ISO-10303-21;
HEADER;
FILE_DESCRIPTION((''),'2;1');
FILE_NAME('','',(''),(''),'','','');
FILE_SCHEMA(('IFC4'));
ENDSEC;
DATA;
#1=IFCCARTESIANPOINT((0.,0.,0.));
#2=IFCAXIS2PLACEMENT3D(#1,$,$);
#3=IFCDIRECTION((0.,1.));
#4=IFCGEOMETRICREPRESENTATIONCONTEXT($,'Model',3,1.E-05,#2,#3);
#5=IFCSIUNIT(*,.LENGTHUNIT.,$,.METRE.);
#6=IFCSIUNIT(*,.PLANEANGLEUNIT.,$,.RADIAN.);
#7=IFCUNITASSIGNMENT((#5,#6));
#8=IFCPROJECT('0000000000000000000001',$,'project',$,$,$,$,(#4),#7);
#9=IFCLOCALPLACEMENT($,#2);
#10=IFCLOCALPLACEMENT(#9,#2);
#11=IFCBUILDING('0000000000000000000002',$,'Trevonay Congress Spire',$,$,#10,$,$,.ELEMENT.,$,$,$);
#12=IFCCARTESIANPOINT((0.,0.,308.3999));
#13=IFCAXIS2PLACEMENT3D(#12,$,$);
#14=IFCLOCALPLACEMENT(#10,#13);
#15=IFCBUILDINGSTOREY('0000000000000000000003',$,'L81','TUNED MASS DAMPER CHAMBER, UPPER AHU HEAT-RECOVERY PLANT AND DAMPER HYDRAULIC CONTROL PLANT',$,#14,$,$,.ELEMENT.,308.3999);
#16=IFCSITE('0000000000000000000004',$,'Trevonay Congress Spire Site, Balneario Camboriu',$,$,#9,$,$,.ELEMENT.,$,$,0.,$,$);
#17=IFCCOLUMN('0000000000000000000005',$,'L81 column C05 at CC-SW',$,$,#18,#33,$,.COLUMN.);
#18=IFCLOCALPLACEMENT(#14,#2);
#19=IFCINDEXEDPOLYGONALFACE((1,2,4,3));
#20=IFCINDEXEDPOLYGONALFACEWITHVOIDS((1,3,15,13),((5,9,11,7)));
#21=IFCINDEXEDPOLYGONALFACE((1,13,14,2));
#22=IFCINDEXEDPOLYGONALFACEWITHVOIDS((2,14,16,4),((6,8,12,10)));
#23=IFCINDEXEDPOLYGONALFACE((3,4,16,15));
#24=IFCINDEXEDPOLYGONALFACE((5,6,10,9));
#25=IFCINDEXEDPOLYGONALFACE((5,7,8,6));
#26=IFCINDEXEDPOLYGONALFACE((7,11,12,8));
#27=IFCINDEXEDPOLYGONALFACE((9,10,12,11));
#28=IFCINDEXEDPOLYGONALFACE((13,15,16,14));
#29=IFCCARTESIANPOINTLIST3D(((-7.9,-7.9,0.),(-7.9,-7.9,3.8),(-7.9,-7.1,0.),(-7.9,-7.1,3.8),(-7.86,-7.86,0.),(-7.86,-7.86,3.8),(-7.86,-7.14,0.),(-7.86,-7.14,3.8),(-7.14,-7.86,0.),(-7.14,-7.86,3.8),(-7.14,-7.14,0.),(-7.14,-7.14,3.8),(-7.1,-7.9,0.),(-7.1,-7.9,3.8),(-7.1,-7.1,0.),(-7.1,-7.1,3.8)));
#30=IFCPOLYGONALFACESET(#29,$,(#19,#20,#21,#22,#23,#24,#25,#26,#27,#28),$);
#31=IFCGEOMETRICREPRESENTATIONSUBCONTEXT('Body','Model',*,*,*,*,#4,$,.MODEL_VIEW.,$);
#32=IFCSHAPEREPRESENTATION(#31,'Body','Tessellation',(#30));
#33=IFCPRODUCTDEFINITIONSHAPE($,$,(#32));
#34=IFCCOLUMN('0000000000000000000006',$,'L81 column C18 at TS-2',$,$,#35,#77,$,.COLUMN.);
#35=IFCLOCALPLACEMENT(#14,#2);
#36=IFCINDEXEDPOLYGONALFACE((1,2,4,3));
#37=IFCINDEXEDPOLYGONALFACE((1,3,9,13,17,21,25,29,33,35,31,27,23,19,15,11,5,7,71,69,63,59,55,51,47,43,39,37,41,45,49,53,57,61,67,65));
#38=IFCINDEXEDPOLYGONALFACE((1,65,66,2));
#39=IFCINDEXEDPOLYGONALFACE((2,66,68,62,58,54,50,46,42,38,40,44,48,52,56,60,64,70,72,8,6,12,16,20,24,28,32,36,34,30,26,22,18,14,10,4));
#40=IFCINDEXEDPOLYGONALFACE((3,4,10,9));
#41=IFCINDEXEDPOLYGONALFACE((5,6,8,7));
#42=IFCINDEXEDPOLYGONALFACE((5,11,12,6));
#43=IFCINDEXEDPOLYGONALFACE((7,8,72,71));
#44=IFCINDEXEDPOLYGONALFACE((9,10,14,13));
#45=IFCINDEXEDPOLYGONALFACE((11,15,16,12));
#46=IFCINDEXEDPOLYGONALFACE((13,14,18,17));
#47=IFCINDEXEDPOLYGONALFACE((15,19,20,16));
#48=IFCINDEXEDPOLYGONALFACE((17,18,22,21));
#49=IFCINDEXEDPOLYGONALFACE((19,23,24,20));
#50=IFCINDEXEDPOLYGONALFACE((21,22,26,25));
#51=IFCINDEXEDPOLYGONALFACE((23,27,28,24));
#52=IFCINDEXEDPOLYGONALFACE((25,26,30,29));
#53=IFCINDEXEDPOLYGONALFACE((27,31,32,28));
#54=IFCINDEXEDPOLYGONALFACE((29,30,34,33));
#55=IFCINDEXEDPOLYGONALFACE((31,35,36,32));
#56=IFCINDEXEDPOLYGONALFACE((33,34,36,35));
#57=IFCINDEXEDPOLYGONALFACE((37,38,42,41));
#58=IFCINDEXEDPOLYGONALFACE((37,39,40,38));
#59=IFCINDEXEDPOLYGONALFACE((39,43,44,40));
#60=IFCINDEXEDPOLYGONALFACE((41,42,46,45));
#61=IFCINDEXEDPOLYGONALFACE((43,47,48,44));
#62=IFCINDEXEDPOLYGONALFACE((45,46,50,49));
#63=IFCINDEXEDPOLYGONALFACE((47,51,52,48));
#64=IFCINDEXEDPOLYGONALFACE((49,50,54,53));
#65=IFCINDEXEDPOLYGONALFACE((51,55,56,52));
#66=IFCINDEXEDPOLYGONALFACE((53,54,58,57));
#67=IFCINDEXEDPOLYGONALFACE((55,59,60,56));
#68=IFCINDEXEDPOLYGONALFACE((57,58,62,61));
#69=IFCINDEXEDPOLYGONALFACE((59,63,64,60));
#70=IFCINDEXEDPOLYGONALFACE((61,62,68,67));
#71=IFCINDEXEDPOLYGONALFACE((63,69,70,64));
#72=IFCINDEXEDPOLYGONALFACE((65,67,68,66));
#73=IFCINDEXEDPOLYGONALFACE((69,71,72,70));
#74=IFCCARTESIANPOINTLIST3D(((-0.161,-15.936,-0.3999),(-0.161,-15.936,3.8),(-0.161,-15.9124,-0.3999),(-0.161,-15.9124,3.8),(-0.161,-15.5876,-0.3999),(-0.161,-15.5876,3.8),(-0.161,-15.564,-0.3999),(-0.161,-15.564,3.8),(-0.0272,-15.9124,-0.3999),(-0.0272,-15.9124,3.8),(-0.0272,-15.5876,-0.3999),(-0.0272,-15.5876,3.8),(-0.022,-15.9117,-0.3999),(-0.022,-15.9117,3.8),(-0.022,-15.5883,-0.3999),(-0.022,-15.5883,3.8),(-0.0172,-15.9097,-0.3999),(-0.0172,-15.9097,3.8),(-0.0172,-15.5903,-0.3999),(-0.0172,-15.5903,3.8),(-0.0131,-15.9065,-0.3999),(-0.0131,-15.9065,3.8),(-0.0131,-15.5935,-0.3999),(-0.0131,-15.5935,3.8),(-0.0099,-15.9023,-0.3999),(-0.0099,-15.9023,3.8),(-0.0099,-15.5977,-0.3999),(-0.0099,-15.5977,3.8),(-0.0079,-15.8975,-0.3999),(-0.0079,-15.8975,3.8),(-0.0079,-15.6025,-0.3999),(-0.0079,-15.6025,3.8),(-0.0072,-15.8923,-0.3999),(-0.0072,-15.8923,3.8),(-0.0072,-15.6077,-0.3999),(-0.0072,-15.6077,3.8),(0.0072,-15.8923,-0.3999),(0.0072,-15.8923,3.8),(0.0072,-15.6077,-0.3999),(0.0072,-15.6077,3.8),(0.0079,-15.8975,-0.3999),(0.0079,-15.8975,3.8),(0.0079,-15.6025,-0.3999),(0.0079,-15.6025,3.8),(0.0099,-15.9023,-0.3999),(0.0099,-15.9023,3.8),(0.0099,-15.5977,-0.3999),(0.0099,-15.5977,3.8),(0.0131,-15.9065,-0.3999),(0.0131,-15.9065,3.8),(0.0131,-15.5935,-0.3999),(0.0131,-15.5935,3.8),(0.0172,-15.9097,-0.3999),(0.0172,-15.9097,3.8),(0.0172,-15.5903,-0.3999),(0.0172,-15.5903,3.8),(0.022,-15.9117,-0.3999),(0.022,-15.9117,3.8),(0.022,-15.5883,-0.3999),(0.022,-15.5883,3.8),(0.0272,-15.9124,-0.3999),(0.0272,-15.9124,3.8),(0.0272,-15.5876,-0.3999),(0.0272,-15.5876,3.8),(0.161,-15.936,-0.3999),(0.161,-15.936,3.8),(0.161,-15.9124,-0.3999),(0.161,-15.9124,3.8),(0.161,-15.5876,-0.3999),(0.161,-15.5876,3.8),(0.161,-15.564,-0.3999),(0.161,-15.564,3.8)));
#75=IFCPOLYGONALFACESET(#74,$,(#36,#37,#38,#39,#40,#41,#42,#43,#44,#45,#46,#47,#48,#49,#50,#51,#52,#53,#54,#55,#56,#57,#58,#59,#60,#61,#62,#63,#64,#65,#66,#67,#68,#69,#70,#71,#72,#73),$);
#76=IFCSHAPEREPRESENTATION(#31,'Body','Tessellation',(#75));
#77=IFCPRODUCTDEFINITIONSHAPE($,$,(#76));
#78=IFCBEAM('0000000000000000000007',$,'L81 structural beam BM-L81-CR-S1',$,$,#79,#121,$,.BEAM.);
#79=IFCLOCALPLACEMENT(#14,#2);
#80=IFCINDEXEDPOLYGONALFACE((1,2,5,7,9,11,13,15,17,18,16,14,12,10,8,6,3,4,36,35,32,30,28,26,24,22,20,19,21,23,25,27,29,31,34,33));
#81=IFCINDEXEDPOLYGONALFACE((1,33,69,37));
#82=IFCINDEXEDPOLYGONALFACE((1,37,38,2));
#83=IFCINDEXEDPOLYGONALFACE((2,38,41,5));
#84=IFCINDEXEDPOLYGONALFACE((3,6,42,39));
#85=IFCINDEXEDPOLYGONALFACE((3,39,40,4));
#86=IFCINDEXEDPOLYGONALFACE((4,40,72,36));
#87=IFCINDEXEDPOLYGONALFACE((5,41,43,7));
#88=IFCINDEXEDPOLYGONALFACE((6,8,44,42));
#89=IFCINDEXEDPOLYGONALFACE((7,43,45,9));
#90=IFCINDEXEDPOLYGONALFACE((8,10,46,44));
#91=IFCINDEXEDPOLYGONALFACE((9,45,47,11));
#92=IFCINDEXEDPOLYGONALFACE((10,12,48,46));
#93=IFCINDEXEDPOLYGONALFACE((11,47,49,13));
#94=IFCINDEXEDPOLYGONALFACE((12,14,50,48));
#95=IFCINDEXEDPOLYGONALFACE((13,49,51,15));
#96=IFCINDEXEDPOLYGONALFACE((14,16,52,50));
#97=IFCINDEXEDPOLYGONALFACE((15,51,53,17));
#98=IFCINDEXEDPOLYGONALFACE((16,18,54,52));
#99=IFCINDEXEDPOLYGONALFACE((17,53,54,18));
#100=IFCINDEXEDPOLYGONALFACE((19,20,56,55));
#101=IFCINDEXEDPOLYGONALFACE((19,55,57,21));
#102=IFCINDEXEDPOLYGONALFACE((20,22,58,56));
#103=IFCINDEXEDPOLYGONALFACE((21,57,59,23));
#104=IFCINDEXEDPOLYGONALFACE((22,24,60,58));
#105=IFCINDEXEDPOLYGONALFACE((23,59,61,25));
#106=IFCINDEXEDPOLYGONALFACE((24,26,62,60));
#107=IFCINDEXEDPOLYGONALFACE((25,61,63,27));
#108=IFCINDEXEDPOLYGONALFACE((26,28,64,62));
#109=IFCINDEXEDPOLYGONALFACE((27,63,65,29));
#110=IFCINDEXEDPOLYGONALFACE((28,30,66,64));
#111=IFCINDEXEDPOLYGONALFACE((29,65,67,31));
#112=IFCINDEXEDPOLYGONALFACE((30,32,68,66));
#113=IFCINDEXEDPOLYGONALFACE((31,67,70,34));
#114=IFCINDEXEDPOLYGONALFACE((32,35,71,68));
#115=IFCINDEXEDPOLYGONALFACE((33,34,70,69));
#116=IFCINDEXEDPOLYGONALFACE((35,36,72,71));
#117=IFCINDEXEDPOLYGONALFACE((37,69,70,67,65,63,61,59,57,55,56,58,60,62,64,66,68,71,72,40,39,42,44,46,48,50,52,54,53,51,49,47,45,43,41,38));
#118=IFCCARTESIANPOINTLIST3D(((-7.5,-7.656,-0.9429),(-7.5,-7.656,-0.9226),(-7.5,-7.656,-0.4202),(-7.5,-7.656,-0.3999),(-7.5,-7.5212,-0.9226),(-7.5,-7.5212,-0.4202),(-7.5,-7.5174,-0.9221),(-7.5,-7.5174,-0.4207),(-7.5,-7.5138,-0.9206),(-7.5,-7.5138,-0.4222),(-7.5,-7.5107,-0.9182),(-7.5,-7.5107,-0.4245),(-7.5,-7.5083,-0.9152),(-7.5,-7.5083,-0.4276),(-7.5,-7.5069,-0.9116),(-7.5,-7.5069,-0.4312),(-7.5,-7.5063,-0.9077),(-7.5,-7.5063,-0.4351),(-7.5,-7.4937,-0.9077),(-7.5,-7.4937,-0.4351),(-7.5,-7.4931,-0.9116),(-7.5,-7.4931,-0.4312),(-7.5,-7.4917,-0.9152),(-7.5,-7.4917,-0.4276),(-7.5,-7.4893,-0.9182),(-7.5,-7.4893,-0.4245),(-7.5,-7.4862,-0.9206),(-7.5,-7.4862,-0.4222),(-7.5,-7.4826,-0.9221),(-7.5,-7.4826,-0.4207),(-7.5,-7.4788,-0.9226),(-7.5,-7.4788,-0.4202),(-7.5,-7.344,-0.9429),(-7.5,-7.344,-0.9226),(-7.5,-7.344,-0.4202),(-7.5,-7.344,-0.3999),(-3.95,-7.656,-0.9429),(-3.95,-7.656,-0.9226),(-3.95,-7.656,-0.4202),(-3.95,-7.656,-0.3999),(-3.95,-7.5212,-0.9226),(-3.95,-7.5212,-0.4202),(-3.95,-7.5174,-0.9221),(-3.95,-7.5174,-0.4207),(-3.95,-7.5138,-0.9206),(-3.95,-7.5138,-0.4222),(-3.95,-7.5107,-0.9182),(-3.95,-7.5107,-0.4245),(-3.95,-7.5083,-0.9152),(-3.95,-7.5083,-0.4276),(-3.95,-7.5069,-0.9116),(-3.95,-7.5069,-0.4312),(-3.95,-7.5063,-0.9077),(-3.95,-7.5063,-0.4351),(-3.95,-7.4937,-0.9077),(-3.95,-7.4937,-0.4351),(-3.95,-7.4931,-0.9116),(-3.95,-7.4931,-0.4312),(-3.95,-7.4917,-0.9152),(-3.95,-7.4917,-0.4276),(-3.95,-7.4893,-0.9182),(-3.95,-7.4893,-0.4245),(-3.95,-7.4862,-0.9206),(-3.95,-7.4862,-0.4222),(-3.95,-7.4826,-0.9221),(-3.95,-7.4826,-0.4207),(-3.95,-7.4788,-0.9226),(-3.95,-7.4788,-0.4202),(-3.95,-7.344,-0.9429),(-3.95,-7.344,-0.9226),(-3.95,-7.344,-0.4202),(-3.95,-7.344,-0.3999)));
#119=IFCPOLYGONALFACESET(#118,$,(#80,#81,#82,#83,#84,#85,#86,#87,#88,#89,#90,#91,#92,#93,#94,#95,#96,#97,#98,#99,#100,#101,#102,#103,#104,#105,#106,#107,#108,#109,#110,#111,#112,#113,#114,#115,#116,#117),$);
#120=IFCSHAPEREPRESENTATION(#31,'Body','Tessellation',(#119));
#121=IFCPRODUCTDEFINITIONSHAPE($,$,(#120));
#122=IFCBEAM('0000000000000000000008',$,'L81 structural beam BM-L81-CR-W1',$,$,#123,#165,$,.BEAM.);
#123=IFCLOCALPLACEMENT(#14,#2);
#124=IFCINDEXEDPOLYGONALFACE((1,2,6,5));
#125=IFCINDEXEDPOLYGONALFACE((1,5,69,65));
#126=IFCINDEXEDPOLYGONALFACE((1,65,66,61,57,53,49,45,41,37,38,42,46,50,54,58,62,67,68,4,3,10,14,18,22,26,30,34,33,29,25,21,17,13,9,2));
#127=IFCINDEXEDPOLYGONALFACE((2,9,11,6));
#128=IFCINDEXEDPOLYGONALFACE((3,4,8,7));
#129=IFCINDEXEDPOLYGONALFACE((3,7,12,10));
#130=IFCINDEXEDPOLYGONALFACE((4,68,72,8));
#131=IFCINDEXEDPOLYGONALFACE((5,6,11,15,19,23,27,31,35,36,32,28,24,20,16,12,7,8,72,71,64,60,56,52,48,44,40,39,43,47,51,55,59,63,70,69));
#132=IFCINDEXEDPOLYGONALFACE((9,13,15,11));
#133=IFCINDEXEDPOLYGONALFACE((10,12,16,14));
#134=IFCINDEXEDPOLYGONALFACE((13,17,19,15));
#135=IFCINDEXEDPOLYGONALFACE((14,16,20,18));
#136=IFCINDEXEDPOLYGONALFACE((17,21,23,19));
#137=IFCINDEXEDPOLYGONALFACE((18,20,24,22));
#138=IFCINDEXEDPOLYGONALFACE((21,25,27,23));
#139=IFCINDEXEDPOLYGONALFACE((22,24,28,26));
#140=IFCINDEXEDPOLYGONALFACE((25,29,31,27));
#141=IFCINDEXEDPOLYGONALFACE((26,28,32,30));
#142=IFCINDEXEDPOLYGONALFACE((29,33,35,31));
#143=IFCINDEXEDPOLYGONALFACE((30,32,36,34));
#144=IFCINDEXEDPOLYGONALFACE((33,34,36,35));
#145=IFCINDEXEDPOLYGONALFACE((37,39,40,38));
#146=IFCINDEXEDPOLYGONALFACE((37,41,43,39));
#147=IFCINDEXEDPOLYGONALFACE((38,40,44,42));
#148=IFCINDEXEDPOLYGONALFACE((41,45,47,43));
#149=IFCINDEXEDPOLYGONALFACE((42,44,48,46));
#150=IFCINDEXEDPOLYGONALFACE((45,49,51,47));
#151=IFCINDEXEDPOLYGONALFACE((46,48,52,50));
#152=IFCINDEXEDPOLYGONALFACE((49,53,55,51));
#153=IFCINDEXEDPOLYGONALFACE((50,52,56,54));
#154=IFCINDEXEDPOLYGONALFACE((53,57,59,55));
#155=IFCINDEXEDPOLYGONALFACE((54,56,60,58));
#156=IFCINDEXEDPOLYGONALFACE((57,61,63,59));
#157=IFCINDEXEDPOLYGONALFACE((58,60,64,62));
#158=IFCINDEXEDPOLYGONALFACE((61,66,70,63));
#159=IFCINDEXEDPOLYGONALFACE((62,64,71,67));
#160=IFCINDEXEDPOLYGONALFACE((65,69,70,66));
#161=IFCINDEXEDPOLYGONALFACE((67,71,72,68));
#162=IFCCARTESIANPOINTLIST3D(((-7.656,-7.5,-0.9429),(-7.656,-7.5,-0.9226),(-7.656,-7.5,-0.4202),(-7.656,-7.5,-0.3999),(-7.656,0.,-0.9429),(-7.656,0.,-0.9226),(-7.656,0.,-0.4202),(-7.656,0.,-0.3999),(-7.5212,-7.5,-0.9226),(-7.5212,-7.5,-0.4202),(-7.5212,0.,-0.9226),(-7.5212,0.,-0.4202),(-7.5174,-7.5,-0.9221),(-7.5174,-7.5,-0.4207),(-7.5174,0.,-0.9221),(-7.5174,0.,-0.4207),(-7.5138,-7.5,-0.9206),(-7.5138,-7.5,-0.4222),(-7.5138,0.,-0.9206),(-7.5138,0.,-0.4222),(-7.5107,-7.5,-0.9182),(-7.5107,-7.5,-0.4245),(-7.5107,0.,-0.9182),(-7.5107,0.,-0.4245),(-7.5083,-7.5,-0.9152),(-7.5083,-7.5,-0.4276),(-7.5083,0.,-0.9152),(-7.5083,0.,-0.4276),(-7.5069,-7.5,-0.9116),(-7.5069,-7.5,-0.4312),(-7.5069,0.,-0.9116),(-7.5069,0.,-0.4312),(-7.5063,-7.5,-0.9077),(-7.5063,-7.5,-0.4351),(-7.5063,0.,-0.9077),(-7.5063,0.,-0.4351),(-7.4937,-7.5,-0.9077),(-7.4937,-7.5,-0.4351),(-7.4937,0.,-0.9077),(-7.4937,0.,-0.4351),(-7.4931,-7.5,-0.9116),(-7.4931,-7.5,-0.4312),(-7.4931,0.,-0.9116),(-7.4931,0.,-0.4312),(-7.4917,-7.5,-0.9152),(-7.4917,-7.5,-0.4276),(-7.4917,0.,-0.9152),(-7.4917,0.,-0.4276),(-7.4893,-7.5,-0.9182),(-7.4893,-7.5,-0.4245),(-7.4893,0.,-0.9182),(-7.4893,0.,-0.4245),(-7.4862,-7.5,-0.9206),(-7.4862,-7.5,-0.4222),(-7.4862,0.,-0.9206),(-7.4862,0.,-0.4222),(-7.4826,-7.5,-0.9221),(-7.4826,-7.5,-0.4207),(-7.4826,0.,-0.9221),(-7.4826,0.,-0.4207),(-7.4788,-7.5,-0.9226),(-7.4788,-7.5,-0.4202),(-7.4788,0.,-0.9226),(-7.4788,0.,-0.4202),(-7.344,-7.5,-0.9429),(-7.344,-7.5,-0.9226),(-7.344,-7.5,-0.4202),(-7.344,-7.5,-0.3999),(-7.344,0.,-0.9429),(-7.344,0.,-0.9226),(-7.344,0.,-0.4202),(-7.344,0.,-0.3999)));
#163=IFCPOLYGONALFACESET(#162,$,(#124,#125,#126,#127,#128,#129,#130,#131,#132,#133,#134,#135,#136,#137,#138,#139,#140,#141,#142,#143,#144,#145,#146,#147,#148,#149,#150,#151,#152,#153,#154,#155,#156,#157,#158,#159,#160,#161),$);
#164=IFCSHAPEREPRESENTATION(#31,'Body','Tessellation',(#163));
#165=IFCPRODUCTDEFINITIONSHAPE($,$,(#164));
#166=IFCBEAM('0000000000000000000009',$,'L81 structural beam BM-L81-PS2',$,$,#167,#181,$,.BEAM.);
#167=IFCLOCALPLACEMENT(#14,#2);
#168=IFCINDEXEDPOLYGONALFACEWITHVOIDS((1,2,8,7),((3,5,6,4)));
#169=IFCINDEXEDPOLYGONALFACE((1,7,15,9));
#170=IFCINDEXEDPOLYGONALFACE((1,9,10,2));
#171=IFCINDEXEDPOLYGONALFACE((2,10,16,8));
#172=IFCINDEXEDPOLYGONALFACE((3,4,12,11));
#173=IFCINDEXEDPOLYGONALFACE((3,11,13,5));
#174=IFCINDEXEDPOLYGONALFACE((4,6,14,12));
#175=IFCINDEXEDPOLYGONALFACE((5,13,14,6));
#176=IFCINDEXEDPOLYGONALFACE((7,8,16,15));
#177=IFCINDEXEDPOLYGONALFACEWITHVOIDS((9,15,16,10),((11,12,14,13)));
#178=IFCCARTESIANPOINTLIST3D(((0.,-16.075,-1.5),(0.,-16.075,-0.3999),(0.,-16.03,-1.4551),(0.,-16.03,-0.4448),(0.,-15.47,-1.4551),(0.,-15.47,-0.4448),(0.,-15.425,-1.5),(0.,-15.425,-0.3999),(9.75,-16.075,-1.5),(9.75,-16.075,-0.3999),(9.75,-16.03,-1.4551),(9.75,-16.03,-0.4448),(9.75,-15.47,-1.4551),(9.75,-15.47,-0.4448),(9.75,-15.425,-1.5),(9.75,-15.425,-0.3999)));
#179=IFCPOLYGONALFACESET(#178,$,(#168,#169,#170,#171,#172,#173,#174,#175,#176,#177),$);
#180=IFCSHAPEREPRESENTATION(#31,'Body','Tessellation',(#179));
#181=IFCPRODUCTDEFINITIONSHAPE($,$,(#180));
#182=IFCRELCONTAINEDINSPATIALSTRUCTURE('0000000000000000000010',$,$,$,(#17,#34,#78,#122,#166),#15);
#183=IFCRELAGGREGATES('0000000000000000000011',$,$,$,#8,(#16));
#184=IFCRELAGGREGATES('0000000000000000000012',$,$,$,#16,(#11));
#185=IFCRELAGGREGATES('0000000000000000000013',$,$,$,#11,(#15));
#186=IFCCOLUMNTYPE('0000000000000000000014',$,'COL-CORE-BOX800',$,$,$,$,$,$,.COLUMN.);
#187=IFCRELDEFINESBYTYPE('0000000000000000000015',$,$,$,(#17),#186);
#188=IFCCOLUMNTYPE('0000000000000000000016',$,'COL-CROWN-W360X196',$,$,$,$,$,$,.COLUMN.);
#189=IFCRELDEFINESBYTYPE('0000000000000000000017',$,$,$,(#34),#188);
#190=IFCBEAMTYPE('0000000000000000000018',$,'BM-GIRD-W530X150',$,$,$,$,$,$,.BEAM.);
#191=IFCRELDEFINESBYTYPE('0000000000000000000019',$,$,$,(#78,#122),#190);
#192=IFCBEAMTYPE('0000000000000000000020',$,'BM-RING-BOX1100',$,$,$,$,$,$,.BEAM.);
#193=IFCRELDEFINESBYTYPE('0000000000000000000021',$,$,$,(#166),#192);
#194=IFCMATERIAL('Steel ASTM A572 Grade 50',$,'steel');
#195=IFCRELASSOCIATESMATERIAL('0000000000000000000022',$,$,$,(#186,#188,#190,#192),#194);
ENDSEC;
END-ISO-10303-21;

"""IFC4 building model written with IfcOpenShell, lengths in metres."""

from ifc_helpers import new_model, si_unit, direction, frame, origin, origin_2d, place, context, subcontext, project, spatial, hollow_rectangle, i_section, extrude, material, material_profile, profile_set, type_object, element, save


model = new_model("IFC4")

# Units and contexts
model_context = context("Model", 3, precision=1e-05, world=origin(), true_north=direction((0.0, 1.0)))
body_context = subcontext(model_context, "Body", "Model", "MODEL_VIEW")
ifc_project = project(units=[si_unit("LENGTHUNIT", "METRE"), si_unit("PLANEANGLEUNIT", "RADIAN")], contexts=[model_context])

# Site, building, storey
site_placement = place(None, origin())
site = spatial("IfcSite", under=ifc_project, at=site_placement, Name="Trevonay Congress Spire Site, Balneario Camboriu", CompositionType="ELEMENT", RefElevation=0.0)
building_placement = place(site_placement, origin())
building = spatial("IfcBuilding", under=site, at=building_placement, Name="Trevonay Congress Spire", CompositionType="ELEMENT")
storey_placement = place(building_placement, frame((0.0, 0.0, 308.3999)))
storey = spatial("IfcBuildingStorey", under=building, at=storey_placement, Name="L81", Description="TUNED MASS DAMPER CHAMBER, UPPER AHU HEAT-RECOVERY PLANT AND DAMPER HYDRAULIC CONTROL PLANT", CompositionType="ELEMENT", Elevation=308.3999)

# Columns
ifc_material_1 = material(Name="Steel ASTM A572 Grade 50", Category="steel")
ifc_material_profile_1 = material_profile(ifc_material_1, hollow_rectangle(XDim=0.8, YDim=0.8, WallThickness=0.04, at=origin_2d()), Name="BOX 800x800x40")
ifc_profile_set_1 = profile_set([ifc_material_profile_1], Name="Steel ASTM A572 Grade 50")
column_type_1 = type_object("IfcColumnType", Name="COL-CORE-BOX800", PredefinedType="COLUMN", material=ifc_profile_set_1)
column_1_placement = place(storey_placement, frame((-7.5, -7.5, 0.0), z_axis=(0.0, 0.0, 1.0), x_axis=(1.0, 0.0, 0.0)))
element("IfcColumn", 1, at=column_1_placement, inside=storey, type_object=column_type_1, Name="L81 column C05 at CC-SW", PredefinedType="COLUMN", context=body_context, shape_type="SweptSolid", body=[
    extrude(hollow_rectangle(XDim=0.8, YDim=0.8, WallThickness=0.04, at=origin_2d()), origin(), (0.0, 0.0, 1.0), 3.8),
])
ifc_material_profile_2 = material_profile(ifc_material_1, i_section(OverallWidth=0.322, OverallDepth=0.3721, WebThickness=0.0144, FlangeThickness=0.0237, FilletRadius=0.02, at=origin_2d()), Name="W360x196")
ifc_profile_set_2 = profile_set([ifc_material_profile_2], Name="Steel ASTM A572 Grade 50")
column_type_2 = type_object("IfcColumnType", Name="COL-CROWN-W360X196", PredefinedType="COLUMN", material=ifc_profile_set_2)
column_2_placement = place(storey_placement, frame((0.0, -15.75, -0.3999), z_axis=(0.0, 0.0, 1.0), x_axis=(1.0, 0.0, 0.0)))
element("IfcColumn", 2, at=column_2_placement, inside=storey, type_object=column_type_2, Name="L81 column C18 at TS-2", PredefinedType="COLUMN", context=body_context, shape_type="SweptSolid", body=[
    extrude(i_section(OverallWidth=0.322, OverallDepth=0.3721, WebThickness=0.0144, FlangeThickness=0.0237, FilletRadius=0.02, at=origin_2d()), origin(), (0.0, 0.0, 1.0), 4.2),
])

# Beams
ifc_material_profile_3 = material_profile(ifc_material_1, i_section(OverallWidth=0.312, OverallDepth=0.543, WebThickness=0.0127, FlangeThickness=0.0203, FilletRadius=0.0149, at=origin_2d()), Name="W530x150")
ifc_profile_set_3 = profile_set([ifc_material_profile_3], Name="Steel ASTM A572 Grade 50")
beam_type_1 = type_object("IfcBeamType", Name="BM-GIRD-W530X150", PredefinedType="BEAM", material=ifc_profile_set_3)
beam_1_placement = place(storey_placement, frame((-7.5, -7.5, -0.6714), z_axis=(1.0, 0.0, 0.0), x_axis=(0.0, 1.0, 0.0)))
element("IfcBeam", 3, at=beam_1_placement, inside=storey, type_object=beam_type_1, Name="L81 structural beam BM-L81-CR-S1", PredefinedType="BEAM", context=body_context, shape_type="SweptSolid", body=[
    extrude(i_section(OverallWidth=0.312, OverallDepth=0.543, WebThickness=0.0127, FlangeThickness=0.0203, FilletRadius=0.0149, at=origin_2d()), origin(), (0.0, 0.0, 1.0), 3.55),
])
beam_2_placement = place(storey_placement, frame((-7.5, -7.5, -0.6714), z_axis=(0.0, 1.0, 0.0), x_axis=(-1.0, 0.0, 0.0)))
element("IfcBeam", 4, at=beam_2_placement, inside=storey, type_object=beam_type_1, Name="L81 structural beam BM-L81-CR-W1", PredefinedType="BEAM", context=body_context, shape_type="SweptSolid", body=[
    extrude(i_section(OverallWidth=0.312, OverallDepth=0.543, WebThickness=0.0127, FlangeThickness=0.0203, FilletRadius=0.0149, at=origin_2d()), origin(), (0.0, 0.0, 1.0), 7.5),
])
ifc_material_profile_4 = material_profile(ifc_material_1, hollow_rectangle(XDim=0.6499, YDim=1.1001, WallThickness=0.0449, at=origin_2d()), Name="BOX 1100x650x45")
ifc_profile_set_4 = profile_set([ifc_material_profile_4], Name="Steel ASTM A572 Grade 50")
beam_type_2 = type_object("IfcBeamType", Name="BM-RING-BOX1100", PredefinedType="BEAM", material=ifc_profile_set_4)
beam_3_placement = place(storey_placement, frame((0.0, -15.75, -0.95), z_axis=(1.0, 0.0, 0.0), x_axis=(0.0, 1.0, 0.0)))
element("IfcBeam", 5, at=beam_3_placement, inside=storey, type_object=beam_type_2, Name="L81 structural beam BM-L81-PS2", PredefinedType="BEAM", context=body_context, shape_type="SweptSolid", body=[
    extrude(hollow_rectangle(XDim=0.6499, YDim=1.1001, WallThickness=0.0449, at=origin_2d()), origin(), (0.0, 0.0, 1.0), 9.75),
])

save(model, "model.ifc")
